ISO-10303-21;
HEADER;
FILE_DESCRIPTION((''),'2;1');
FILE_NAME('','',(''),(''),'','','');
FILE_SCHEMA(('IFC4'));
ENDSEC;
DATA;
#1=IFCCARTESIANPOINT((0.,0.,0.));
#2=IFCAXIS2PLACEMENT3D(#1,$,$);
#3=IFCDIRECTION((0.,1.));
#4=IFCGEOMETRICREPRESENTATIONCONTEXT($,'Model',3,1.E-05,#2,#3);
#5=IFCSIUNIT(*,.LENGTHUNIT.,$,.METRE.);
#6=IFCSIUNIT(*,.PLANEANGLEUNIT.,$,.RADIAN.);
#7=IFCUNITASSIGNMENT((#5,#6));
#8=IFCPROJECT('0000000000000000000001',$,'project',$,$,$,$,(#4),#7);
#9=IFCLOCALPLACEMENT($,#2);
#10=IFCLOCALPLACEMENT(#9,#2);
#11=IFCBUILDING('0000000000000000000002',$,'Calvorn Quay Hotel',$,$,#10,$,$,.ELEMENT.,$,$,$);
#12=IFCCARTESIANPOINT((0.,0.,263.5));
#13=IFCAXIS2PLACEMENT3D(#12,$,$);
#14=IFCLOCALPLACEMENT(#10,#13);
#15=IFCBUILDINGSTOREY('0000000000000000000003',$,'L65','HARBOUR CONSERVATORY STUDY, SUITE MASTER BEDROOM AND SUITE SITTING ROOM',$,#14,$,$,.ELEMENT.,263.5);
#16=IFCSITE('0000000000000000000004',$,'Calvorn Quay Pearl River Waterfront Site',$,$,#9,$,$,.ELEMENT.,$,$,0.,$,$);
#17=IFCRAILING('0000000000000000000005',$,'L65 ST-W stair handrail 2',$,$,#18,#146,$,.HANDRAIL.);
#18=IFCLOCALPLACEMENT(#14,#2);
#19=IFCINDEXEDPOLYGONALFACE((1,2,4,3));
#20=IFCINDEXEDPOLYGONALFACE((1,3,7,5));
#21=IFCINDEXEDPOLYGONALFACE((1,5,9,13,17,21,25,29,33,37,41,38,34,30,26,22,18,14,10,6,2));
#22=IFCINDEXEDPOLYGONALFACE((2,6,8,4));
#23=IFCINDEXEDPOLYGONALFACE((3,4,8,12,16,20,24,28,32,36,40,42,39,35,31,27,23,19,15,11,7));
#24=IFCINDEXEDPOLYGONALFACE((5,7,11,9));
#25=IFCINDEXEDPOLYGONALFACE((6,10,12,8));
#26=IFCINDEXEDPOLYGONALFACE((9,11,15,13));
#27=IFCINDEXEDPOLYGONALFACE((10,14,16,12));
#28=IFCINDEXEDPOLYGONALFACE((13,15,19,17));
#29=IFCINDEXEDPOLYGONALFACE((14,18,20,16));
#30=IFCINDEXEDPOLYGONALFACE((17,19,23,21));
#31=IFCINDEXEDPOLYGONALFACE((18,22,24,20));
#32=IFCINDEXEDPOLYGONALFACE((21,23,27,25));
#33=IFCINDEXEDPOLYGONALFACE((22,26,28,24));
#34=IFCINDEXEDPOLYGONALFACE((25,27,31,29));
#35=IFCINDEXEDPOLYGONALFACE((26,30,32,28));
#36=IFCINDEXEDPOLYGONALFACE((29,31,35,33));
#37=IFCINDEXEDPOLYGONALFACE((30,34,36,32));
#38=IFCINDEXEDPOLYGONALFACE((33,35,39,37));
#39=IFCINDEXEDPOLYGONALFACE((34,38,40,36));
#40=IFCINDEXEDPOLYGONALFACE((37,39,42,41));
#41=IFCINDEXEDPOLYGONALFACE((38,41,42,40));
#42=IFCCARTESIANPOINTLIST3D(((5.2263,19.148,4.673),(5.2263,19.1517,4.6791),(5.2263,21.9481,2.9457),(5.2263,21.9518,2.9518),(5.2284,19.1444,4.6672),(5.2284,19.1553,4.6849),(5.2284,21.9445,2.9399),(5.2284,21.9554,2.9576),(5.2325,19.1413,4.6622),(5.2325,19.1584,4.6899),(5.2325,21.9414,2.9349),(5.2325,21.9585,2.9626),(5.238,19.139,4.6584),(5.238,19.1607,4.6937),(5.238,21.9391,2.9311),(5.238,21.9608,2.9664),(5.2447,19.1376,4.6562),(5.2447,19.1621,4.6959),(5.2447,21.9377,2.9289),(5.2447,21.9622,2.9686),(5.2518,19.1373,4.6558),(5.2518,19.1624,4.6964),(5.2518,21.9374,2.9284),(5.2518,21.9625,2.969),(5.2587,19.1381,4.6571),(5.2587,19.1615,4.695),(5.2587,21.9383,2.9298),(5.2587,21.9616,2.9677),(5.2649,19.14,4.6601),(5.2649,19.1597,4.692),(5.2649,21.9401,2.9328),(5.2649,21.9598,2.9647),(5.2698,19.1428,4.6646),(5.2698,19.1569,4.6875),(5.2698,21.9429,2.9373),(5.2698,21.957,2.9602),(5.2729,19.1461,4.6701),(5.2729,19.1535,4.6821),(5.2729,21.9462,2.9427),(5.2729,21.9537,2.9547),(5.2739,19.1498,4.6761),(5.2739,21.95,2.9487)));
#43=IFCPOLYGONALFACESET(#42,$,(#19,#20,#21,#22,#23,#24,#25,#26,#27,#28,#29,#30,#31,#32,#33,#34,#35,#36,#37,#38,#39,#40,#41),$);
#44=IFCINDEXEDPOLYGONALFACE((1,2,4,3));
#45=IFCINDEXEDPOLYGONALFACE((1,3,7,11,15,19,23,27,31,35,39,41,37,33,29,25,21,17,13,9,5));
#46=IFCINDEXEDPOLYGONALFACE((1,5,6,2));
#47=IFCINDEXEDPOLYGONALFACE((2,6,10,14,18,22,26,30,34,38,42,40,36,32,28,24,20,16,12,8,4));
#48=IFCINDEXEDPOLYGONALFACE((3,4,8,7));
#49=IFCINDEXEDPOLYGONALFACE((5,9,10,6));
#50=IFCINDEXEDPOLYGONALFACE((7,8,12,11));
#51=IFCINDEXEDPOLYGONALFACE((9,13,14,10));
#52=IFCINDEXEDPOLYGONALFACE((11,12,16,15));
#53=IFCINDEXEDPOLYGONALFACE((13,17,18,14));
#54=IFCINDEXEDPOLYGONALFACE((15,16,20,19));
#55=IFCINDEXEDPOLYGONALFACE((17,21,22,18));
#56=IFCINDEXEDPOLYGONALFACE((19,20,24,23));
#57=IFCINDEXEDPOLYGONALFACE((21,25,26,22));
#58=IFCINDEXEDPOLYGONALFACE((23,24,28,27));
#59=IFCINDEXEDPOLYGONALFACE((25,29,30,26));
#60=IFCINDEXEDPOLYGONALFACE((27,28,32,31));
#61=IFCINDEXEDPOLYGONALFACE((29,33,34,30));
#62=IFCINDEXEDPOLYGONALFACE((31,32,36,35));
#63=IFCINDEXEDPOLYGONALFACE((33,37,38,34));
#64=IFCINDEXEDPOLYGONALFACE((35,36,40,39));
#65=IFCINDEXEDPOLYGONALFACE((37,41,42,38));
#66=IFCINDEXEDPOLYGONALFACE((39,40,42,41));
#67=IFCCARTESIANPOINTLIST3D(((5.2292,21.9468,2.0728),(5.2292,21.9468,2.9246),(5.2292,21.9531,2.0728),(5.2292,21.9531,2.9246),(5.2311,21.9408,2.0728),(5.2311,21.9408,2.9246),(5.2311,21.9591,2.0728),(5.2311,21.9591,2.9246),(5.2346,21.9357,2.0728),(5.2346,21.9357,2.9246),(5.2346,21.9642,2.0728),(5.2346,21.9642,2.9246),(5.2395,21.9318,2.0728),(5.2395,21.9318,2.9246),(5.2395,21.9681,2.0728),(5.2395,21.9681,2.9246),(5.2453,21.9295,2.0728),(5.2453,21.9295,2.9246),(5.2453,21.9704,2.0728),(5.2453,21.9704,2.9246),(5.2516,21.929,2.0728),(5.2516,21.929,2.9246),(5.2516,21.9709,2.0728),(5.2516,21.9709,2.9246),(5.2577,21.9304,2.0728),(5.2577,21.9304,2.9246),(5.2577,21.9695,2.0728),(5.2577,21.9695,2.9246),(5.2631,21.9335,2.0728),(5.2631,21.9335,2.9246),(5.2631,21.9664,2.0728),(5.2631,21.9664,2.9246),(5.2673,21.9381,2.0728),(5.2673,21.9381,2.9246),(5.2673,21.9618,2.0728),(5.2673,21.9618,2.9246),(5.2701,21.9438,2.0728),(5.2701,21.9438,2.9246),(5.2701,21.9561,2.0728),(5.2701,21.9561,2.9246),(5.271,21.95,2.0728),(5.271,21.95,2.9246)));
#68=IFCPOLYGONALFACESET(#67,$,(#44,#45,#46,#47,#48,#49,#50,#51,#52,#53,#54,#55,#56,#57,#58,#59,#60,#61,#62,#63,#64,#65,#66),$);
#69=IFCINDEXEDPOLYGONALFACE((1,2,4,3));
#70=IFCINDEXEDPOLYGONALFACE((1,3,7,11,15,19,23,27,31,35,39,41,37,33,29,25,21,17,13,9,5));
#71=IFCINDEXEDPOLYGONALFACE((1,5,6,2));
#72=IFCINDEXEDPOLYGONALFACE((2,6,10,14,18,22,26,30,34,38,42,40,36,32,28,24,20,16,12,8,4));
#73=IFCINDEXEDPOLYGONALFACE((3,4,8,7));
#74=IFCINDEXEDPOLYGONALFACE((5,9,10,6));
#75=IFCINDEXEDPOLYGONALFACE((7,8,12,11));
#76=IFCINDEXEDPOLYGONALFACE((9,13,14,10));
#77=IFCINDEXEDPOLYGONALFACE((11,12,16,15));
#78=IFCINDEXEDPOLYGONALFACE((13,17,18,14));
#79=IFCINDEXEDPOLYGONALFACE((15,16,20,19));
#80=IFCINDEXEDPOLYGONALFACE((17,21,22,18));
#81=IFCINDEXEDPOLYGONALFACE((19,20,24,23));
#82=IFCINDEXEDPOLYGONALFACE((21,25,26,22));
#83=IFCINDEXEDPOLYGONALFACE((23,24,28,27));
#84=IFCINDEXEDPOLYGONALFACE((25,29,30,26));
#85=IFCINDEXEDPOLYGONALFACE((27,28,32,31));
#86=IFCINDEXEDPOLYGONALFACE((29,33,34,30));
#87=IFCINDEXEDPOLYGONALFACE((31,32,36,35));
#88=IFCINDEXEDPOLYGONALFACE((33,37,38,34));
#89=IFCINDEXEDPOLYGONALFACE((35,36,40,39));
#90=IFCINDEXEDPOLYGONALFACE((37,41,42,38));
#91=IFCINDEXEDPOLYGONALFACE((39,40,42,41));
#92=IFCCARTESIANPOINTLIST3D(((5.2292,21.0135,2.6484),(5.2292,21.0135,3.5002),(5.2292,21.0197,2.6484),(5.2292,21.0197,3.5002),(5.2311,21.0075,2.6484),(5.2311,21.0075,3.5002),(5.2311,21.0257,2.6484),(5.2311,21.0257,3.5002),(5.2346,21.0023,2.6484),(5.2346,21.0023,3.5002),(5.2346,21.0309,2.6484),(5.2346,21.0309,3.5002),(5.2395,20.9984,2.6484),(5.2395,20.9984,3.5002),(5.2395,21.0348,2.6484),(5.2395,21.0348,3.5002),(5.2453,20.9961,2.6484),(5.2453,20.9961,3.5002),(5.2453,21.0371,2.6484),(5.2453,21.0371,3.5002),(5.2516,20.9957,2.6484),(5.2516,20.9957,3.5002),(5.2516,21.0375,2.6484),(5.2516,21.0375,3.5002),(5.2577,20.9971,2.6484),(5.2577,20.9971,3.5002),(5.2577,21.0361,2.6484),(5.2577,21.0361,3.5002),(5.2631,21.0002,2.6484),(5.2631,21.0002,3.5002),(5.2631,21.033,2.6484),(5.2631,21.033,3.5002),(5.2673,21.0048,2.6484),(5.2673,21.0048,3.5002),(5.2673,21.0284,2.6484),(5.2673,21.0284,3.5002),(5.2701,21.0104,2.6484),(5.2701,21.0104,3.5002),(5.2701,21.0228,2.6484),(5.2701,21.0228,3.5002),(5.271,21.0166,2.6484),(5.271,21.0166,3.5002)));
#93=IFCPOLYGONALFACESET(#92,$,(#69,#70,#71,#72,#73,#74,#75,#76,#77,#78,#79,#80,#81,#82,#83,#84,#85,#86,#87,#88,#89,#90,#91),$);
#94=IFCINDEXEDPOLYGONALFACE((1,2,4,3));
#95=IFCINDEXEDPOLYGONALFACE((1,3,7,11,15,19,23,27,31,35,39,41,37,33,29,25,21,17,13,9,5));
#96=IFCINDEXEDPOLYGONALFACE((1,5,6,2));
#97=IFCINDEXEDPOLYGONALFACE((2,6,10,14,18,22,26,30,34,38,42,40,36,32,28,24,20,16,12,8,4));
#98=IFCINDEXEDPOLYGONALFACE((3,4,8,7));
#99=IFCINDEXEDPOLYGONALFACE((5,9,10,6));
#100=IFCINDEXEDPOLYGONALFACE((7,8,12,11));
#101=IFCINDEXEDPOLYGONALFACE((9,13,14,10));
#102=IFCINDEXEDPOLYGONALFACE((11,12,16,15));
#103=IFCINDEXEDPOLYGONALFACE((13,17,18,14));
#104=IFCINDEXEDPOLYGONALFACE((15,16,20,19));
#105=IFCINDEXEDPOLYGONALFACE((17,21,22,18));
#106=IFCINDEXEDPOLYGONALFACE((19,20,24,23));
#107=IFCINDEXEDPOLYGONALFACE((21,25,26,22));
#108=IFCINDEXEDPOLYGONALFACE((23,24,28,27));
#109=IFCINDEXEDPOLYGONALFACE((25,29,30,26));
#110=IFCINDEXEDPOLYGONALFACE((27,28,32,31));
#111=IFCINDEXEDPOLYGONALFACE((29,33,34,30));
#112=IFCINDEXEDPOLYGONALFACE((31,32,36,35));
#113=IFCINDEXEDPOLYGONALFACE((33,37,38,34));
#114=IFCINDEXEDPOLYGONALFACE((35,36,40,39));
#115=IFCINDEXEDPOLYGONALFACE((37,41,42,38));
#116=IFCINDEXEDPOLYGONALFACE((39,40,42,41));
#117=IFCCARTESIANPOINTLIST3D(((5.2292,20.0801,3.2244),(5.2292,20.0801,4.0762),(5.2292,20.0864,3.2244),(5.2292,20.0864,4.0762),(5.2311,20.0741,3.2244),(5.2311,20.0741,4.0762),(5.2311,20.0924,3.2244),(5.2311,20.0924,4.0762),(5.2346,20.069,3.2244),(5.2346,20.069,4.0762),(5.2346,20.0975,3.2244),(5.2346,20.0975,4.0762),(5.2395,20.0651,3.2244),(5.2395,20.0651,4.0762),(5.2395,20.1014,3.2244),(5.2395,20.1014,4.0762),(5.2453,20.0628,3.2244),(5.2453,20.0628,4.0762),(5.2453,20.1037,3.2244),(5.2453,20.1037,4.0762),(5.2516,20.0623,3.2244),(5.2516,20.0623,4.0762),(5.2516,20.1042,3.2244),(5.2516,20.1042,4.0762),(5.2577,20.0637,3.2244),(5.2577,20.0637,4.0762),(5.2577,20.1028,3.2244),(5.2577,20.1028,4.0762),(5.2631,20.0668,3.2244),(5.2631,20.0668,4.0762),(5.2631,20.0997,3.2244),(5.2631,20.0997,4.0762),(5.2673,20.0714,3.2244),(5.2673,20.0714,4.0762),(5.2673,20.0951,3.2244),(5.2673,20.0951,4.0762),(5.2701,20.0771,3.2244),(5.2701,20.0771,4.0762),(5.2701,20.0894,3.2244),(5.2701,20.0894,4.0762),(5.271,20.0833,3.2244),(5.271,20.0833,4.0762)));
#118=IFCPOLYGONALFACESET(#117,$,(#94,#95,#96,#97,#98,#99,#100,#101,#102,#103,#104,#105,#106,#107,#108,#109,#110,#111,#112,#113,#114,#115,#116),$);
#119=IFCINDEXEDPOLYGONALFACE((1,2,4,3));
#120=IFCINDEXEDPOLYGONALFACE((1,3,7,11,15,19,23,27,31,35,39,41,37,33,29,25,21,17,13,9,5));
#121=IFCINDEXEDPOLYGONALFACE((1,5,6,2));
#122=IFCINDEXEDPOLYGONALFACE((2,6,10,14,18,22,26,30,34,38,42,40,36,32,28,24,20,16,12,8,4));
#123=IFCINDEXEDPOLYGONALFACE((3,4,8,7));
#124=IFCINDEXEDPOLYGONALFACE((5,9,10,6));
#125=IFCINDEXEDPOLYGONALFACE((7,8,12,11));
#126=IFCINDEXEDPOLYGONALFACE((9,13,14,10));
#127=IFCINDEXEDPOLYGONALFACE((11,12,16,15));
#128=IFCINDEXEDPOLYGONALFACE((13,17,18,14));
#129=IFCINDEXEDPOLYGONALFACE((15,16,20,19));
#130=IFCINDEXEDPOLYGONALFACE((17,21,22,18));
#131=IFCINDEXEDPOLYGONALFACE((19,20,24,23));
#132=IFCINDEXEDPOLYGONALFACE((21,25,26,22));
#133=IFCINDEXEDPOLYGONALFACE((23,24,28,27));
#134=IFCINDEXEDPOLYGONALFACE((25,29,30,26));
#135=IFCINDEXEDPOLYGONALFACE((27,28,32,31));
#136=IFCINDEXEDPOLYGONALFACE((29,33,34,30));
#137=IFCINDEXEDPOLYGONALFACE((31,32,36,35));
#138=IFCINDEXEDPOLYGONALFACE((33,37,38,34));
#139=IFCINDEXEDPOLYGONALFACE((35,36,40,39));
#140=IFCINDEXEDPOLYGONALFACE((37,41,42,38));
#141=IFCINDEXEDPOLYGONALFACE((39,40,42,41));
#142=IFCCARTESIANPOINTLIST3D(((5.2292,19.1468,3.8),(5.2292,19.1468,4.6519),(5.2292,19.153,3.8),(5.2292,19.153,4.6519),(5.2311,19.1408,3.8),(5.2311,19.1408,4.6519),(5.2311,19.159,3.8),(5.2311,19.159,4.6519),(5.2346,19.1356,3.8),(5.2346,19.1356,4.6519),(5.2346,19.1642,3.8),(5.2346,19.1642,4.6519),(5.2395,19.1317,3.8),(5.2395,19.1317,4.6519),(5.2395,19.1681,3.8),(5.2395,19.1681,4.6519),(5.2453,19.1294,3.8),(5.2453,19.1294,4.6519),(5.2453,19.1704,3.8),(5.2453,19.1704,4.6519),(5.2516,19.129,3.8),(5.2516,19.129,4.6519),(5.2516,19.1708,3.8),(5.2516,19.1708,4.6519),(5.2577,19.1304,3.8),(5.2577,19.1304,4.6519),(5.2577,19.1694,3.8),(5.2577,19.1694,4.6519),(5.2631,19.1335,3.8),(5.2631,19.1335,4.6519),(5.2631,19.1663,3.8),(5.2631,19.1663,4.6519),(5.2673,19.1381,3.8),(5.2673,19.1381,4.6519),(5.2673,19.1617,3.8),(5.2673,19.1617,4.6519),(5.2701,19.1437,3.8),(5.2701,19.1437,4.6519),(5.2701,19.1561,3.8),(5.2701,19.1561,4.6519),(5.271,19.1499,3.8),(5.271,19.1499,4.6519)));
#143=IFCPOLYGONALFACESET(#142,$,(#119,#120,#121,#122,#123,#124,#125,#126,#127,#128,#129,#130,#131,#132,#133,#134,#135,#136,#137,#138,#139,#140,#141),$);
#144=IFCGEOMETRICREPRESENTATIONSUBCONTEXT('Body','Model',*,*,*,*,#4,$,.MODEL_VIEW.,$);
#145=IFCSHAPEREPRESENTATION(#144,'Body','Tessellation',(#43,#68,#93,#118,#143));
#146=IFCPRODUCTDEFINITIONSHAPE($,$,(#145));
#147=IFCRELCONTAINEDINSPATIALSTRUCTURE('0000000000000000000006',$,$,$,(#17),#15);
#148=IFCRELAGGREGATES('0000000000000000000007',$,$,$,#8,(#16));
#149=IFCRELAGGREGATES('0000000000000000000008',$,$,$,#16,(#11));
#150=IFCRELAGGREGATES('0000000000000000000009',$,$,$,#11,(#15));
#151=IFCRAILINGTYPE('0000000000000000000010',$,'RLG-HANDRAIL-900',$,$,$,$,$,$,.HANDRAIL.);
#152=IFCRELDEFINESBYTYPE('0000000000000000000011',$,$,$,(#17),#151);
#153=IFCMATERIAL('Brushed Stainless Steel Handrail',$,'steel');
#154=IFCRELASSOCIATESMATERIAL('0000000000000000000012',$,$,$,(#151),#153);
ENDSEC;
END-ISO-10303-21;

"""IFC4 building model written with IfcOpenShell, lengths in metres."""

from ifc_helpers import new_model, si_unit, direction, frame, origin, origin_2d, place, context, subcontext, project, spatial, circle, extrude, material, type_object, element, save


model = new_model("IFC4")

# Units and contexts
model_context = context("Model", 3, precision=1e-05, world=origin(), true_north=direction((0.0, 1.0)))
body_context = subcontext(model_context, "Body", "Model", "MODEL_VIEW")
ifc_project = project(units=[si_unit("LENGTHUNIT", "METRE"), si_unit("PLANEANGLEUNIT", "RADIAN")], contexts=[model_context])

# Site, building, storey
site_placement = place(None, origin())
site = spatial("IfcSite", under=ifc_project, at=site_placement, Name="Calvorn Quay Pearl River Waterfront Site", CompositionType="ELEMENT", RefElevation=0.0)
building_placement = place(site_placement, origin())
building = spatial("IfcBuilding", under=site, at=building_placement, Name="Calvorn Quay Hotel", CompositionType="ELEMENT")
storey_placement = place(building_placement, frame((0.0, 0.0, 263.5)))
storey = spatial("IfcBuildingStorey", under=building, at=storey_placement, Name="L65", Description="HARBOUR CONSERVATORY STUDY, SUITE MASTER BEDROOM AND SUITE SITTING ROOM", CompositionType="ELEMENT", Elevation=263.5)

# Railing
ifc_material_1 = material(Name="Brushed Stainless Steel Handrail", Category="steel")
railing_type_1 = type_object("IfcRailingType", Name="RLG-HANDRAIL-900", PredefinedType="HANDRAIL", material=ifc_material_1)
railing_1_placement = place(storey_placement, frame((5.25, 21.95, 2.0728)))
element("IfcRailing", 1, at=railing_1_placement, inside=storey, type_object=railing_type_1, Name="L65 ST-W stair handrail 2", PredefinedType="HANDRAIL", context=body_context, shape_type="SweptSolid", body=[
    extrude(circle(Radius=0.0239, at=origin_2d()), frame((0.0, 0.0, 0.876), z_axis=(0.0, -0.85109, 0.52502), x_axis=(1.0, 0.0, 0.0)), (0.0, 0.0, 1.0), 3.29),
    extrude(circle(Radius=0.021, at=origin_2d()), origin(), (0.0, 0.0, 1.0), 0.8518),
    extrude(circle(Radius=0.021, at=origin_2d()), frame((0.0, -0.9333, 0.5757)), (0.0, 0.0, 1.0), 0.8518),
    extrude(circle(Radius=0.021, at=origin_2d()), frame((0.0, -1.8667, 1.1516)), (0.0, 0.0, 1.0), 0.8518),
    extrude(circle(Radius=0.021, at=origin_2d()), frame((0.0, -2.8, 1.7273)), (0.0, 0.0, 1.0), 0.8518),
])

save(model, "model.ifc")
